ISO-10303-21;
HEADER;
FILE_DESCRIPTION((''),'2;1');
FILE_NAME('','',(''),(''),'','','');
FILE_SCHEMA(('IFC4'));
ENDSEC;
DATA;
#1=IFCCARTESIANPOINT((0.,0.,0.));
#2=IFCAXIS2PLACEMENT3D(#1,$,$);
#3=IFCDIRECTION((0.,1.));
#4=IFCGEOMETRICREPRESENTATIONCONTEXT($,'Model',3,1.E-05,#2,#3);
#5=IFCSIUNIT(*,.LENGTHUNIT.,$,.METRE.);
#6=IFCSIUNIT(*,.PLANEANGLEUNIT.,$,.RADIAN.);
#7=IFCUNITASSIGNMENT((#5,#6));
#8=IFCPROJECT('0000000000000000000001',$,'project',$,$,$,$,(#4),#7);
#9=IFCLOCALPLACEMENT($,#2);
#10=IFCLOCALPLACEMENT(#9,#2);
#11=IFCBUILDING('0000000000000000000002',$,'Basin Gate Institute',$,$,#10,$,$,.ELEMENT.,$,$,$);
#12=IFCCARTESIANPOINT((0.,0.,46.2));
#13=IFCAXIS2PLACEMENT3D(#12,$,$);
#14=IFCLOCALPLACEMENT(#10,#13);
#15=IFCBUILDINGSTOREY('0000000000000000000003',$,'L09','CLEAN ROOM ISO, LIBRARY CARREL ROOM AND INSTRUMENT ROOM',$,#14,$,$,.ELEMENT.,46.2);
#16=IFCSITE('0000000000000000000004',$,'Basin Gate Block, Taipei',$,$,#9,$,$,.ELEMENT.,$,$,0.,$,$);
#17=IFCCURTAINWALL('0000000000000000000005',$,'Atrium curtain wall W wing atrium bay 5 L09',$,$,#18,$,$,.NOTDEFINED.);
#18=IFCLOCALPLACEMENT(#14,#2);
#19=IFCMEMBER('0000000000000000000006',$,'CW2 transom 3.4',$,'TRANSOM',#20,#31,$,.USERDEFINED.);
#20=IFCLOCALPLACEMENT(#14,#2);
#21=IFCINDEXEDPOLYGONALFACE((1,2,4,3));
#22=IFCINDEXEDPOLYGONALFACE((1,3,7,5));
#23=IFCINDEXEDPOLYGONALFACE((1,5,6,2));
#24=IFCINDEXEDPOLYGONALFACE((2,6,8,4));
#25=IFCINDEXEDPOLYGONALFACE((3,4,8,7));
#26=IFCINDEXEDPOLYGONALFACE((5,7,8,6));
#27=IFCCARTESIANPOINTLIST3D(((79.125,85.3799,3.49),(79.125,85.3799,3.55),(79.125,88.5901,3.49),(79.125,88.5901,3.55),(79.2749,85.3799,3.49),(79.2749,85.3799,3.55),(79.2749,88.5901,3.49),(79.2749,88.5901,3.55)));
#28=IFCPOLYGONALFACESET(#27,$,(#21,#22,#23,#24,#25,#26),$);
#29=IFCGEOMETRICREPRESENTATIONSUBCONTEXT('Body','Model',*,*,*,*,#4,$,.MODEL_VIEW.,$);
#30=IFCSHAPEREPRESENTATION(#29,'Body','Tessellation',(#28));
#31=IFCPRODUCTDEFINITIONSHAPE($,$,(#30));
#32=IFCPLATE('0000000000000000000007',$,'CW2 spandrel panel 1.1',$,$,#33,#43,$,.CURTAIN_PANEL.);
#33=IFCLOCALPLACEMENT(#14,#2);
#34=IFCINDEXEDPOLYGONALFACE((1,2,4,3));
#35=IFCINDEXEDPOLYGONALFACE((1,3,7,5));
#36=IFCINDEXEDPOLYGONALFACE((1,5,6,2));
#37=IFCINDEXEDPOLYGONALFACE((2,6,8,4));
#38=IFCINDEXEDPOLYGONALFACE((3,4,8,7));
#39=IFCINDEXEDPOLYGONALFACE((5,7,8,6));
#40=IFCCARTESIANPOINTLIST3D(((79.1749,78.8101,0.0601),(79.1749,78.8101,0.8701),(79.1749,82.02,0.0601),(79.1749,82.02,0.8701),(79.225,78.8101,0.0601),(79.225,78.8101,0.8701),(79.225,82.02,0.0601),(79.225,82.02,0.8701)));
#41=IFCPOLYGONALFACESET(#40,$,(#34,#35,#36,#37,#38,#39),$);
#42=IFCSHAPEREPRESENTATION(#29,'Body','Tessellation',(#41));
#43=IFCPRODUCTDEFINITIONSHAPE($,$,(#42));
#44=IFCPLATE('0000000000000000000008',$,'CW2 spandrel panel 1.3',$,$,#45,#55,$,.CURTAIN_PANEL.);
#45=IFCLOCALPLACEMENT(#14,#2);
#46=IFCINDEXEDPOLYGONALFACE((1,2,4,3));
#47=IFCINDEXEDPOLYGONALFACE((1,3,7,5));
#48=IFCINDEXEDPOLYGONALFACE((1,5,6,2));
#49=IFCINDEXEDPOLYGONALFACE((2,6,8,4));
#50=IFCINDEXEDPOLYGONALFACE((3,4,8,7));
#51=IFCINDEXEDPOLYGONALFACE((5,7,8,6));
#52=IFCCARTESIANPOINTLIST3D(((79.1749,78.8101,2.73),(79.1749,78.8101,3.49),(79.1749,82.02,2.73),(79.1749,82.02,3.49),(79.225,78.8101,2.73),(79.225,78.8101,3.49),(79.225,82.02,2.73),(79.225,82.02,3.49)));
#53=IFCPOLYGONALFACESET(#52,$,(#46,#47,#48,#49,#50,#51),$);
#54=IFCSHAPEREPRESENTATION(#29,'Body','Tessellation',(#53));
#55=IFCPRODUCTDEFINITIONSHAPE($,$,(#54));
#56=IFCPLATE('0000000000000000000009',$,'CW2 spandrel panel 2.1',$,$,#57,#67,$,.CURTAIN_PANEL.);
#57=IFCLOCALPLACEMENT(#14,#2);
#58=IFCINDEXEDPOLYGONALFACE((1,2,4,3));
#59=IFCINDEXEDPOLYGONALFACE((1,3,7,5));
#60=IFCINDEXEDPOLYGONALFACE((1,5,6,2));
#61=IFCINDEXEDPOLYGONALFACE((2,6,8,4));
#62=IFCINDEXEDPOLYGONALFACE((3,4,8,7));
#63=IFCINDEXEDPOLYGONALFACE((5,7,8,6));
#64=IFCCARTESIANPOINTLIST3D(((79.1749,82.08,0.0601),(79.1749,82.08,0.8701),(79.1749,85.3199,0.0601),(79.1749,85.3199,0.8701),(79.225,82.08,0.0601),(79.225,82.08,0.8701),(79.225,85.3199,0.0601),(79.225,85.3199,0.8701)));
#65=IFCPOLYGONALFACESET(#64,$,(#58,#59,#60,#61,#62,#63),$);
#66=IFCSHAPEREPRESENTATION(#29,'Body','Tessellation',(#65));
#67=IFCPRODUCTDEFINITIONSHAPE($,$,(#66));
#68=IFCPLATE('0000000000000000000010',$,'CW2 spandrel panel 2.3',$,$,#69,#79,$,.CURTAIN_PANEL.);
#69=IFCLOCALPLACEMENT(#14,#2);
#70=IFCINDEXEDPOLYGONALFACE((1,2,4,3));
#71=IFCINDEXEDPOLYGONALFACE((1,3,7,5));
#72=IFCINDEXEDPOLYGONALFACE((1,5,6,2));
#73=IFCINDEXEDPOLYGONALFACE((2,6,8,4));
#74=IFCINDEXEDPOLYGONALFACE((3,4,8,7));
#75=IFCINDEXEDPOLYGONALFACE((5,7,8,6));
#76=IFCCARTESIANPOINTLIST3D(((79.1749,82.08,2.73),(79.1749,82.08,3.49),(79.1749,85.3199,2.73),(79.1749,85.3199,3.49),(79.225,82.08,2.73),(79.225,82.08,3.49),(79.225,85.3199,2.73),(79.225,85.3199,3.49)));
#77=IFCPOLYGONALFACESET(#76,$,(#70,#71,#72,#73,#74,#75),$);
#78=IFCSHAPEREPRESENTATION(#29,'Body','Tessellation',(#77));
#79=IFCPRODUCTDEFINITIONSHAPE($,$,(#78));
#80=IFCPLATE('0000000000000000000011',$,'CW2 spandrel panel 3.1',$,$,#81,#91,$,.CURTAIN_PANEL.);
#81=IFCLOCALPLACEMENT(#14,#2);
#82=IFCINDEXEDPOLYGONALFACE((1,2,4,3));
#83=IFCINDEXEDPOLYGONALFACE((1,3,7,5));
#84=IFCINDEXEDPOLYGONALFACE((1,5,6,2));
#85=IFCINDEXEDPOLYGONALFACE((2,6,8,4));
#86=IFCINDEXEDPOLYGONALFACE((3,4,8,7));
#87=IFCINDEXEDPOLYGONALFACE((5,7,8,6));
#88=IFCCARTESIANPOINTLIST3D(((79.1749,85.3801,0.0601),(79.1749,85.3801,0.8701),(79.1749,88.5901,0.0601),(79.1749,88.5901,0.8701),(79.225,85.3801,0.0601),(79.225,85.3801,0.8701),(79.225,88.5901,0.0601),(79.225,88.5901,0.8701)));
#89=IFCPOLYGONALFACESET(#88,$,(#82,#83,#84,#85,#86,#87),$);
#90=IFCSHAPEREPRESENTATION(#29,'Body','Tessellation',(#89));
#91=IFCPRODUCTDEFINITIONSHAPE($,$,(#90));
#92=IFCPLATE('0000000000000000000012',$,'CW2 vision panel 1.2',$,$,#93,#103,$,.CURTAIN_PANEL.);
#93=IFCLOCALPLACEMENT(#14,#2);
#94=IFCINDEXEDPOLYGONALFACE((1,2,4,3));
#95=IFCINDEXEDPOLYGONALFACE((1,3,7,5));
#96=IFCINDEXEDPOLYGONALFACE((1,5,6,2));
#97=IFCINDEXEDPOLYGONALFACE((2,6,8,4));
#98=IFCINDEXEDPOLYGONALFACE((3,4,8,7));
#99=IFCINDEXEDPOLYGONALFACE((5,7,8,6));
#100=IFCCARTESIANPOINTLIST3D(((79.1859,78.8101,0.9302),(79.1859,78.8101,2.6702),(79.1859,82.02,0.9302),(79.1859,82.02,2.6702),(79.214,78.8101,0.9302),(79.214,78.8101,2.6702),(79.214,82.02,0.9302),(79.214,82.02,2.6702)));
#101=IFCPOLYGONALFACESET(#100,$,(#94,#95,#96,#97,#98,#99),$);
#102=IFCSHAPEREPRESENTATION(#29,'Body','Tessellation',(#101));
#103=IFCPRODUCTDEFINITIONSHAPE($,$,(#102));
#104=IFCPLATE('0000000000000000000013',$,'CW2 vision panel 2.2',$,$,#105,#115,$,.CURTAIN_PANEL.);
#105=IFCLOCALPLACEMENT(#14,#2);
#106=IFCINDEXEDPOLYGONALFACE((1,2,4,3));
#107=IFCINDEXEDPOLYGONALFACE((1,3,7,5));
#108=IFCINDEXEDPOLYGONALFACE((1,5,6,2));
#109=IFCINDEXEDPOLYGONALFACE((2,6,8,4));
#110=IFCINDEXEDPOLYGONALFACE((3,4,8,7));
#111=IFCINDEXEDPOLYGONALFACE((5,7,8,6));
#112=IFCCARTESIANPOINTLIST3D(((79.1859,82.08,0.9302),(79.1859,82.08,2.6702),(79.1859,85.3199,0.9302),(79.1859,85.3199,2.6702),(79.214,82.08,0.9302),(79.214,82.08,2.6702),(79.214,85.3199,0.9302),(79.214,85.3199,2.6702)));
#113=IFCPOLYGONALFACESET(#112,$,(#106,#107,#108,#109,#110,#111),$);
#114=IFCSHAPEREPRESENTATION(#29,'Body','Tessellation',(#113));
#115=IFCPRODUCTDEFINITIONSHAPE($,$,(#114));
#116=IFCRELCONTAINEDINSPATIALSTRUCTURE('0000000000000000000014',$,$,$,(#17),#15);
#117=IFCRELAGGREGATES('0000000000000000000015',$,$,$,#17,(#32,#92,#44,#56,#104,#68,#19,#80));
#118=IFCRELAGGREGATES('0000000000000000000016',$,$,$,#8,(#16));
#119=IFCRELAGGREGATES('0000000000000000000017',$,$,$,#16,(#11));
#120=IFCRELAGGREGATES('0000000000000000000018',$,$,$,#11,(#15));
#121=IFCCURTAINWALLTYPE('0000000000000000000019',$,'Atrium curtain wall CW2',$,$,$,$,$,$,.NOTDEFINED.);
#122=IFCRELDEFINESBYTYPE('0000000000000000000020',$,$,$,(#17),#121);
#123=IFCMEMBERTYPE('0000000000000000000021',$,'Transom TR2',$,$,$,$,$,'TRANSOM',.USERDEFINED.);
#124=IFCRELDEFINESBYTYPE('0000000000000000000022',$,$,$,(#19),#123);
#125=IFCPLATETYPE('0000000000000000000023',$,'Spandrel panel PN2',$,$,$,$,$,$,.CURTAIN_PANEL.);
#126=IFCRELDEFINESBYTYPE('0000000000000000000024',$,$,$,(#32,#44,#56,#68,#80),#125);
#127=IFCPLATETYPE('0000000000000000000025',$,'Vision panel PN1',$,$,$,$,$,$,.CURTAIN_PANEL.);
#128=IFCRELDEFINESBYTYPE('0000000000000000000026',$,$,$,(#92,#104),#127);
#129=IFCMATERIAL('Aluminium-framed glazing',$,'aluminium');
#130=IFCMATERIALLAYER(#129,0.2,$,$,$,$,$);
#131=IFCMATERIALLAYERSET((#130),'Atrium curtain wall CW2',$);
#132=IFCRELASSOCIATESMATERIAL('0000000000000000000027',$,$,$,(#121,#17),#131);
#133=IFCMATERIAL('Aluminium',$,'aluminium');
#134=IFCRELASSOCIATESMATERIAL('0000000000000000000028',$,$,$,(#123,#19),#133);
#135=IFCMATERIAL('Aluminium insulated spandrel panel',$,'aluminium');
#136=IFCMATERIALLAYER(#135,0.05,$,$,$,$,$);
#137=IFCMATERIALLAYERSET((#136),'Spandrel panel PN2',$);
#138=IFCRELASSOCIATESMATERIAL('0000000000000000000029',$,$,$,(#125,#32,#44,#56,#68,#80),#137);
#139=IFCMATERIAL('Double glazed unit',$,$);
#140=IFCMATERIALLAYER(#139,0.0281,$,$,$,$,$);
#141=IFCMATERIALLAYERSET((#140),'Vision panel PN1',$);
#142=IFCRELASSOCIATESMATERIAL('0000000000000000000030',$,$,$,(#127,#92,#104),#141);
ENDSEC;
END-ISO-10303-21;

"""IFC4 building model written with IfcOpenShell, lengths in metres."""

from ifc_helpers import new_model, si_unit, direction, frame, origin, origin_2d, place, context, subcontext, project, spatial, rectangle, extrude, material, layer, layer_set, material_profile, profile_set, type_object, element, aggregate, save


model = new_model("IFC4")

# Units and contexts
model_context = context("Model", 3, precision=1e-05, world=origin(), true_north=direction((0.0, 1.0)))
body_context = subcontext(model_context, "Body", "Model", "MODEL_VIEW")
ifc_project = project(units=[si_unit("LENGTHUNIT", "METRE"), si_unit("PLANEANGLEUNIT", "RADIAN")], contexts=[model_context])

# Site, building, storey
site_placement = place(None, origin())
site = spatial("IfcSite", under=ifc_project, at=site_placement, Name="Basin Gate Block, Taipei", CompositionType="ELEMENT", RefElevation=0.0)
building_placement = place(site_placement, origin())
building = spatial("IfcBuilding", under=site, at=building_placement, Name="Basin Gate Institute", CompositionType="ELEMENT")
storey_placement = place(building_placement, frame((0.0, 0.0, 46.2)))
storey = spatial("IfcBuildingStorey", under=building, at=storey_placement, Name="L09", Description="CLEAN ROOM ISO, LIBRARY CARREL ROOM AND INSTRUMENT ROOM", CompositionType="ELEMENT", Elevation=46.2)

# Curtain wall, member, plates
ifc_material_1 = material(Name="Aluminium-framed glazing", Category="aluminium")
ifc_layer_1 = layer(ifc_material_1, 0.2)
ifc_layer_set_1 = layer_set([ifc_layer_1], Name="Atrium curtain wall CW2")
curtain_wall_type = type_object("IfcCurtainWallType", Name="Atrium curtain wall CW2", PredefinedType="NOTDEFINED", material=ifc_layer_set_1)
curtain_wall_placement = place(storey_placement, origin())
curtain_wall = element("IfcCurtainWall", 1, at=curtain_wall_placement, inside=storey, type_object=curtain_wall_type, material=ifc_layer_set_1, Name="Atrium curtain wall W wing atrium bay 5 L09", PredefinedType="NOTDEFINED")
ifc_material_2 = material(Name="Aluminium", Category="aluminium")
ifc_material_profile_1 = material_profile(ifc_material_2, rectangle(XDim=0.1499, YDim=0.0601, at=origin_2d()), Name="Transom TR2 150 x 60")
ifc_profile_set_1 = profile_set([ifc_material_profile_1], Name="Aluminium")
member_type_1 = type_object("IfcMemberType", Name="Transom TR2", ElementType="TRANSOM", PredefinedType="USERDEFINED", material=ifc_profile_set_1)
member_1_placement = place(storey_placement, frame((79.2, 85.3799, 3.52), z_axis=(0.0, 1.0, 0.0), x_axis=(-1.0, 0.0, 0.0)))
member_1 = element("IfcMember", 2, at=member_1_placement, type_object=member_type_1, material=ifc_profile_set_1, Name="CW2 transom 3.4", ObjectType="TRANSOM", PredefinedType="USERDEFINED", context=body_context, shape_type="SweptSolid", body=[
    extrude(rectangle(XDim=0.1499, YDim=0.0601, at=origin_2d()), origin(), (0.0, 0.0, 1.0), 3.2102),
])
ifc_material_3 = material(Name="Aluminium insulated spandrel panel", Category="aluminium")
ifc_layer_2 = layer(ifc_material_3, 0.05)
ifc_layer_set_2 = layer_set([ifc_layer_2], Name="Spandrel panel PN2")
plate_type_1 = type_object("IfcPlateType", Name="Spandrel panel PN2", PredefinedType="CURTAIN_PANEL", material=ifc_layer_set_2)
plate_1_placement = place(storey_placement, frame((79.2, 80.415, 0.0601), z_axis=(0.0, 0.0, 1.0), x_axis=(0.0, 1.0, 0.0)))
plate_1 = element("IfcPlate", 3, at=plate_1_placement, type_object=plate_type_1, material=ifc_layer_set_2, Name="CW2 spandrel panel 1.1", PredefinedType="CURTAIN_PANEL", context=body_context, shape_type="SweptSolid", body=[
    extrude(rectangle(XDim=3.21, YDim=0.05, at=origin_2d()), origin(), (0.0, 0.0, 1.0), 0.8101),
])
plate_2_placement = place(storey_placement, frame((79.2, 80.415, 2.73), z_axis=(0.0, 0.0, 1.0), x_axis=(0.0, 1.0, 0.0)))
plate_2 = element("IfcPlate", 4, at=plate_2_placement, type_object=plate_type_1, material=ifc_layer_set_2, Name="CW2 spandrel panel 1.3", PredefinedType="CURTAIN_PANEL", context=body_context, shape_type="SweptSolid", body=[
    extrude(rectangle(XDim=3.21, YDim=0.05, at=origin_2d()), origin(), (0.0, 0.0, 1.0), 0.76),
])
plate_3_placement = place(storey_placement, frame((79.2, 83.7, 0.0601), z_axis=(0.0, 0.0, 1.0), x_axis=(0.0, 1.0, 0.0)))
plate_3 = element("IfcPlate", 5, at=plate_3_placement, type_object=plate_type_1, material=ifc_layer_set_2, Name="CW2 spandrel panel 2.1", PredefinedType="CURTAIN_PANEL", context=body_context, shape_type="SweptSolid", body=[
    extrude(rectangle(XDim=3.24, YDim=0.05, at=origin_2d()), origin(), (0.0, 0.0, 1.0), 0.8101),
])
plate_4_placement = place(storey_placement, frame((79.2, 83.7, 2.73), z_axis=(0.0, 0.0, 1.0), x_axis=(0.0, 1.0, 0.0)))
plate_4 = element("IfcPlate", 6, at=plate_4_placement, type_object=plate_type_1, material=ifc_layer_set_2, Name="CW2 spandrel panel 2.3", PredefinedType="CURTAIN_PANEL", context=body_context, shape_type="SweptSolid", body=[
    extrude(rectangle(XDim=3.24, YDim=0.05, at=origin_2d()), origin(), (0.0, 0.0, 1.0), 0.76),
])
plate_5_placement = place(storey_placement, frame((79.2, 86.9851, 0.0601), z_axis=(0.0, 0.0, 1.0), x_axis=(0.0, 1.0, 0.0)))
plate_5 = element("IfcPlate", 7, at=plate_5_placement, type_object=plate_type_1, material=ifc_layer_set_2, Name="CW2 spandrel panel 3.1", PredefinedType="CURTAIN_PANEL", context=body_context, shape_type="SweptSolid", body=[
    extrude(rectangle(XDim=3.21, YDim=0.05, at=origin_2d()), origin(), (0.0, 0.0, 1.0), 0.8101),
])
ifc_material_4 = material(Name="Double glazed unit")
ifc_layer_3 = layer(ifc_material_4, 0.0281)
ifc_layer_set_3 = layer_set([ifc_layer_3], Name="Vision panel PN1")
plate_type_2 = type_object("IfcPlateType", Name="Vision panel PN1", PredefinedType="CURTAIN_PANEL", material=ifc_layer_set_3)
plate_6_placement = place(storey_placement, frame((79.2, 80.415, 0.9302), z_axis=(0.0, 0.0, 1.0), x_axis=(0.0, 1.0, 0.0)))
plate_6 = element("IfcPlate", 8, at=plate_6_placement, type_object=plate_type_2, material=ifc_layer_set_3, Name="CW2 vision panel 1.2", PredefinedType="CURTAIN_PANEL", context=body_context, shape_type="SweptSolid", body=[
    extrude(rectangle(XDim=3.21, YDim=0.0281, at=origin_2d()), origin(), (0.0, 0.0, 1.0), 1.74),
])
plate_7_placement = place(storey_placement, frame((79.2, 83.7, 0.9302), z_axis=(0.0, 0.0, 1.0), x_axis=(0.0, 1.0, 0.0)))
plate_7 = element("IfcPlate", 9, at=plate_7_placement, type_object=plate_type_2, material=ifc_layer_set_3, Name="CW2 vision panel 2.2", PredefinedType="CURTAIN_PANEL", context=body_context, shape_type="SweptSolid", body=[
    extrude(rectangle(XDim=3.24, YDim=0.0281, at=origin_2d()), origin(), (0.0, 0.0, 1.0), 1.74),
])
aggregate(curtain_wall, [plate_1, plate_6, plate_2, plate_3, plate_7, plate_4, member_1, plate_5])

save(model, "model.ifc")
